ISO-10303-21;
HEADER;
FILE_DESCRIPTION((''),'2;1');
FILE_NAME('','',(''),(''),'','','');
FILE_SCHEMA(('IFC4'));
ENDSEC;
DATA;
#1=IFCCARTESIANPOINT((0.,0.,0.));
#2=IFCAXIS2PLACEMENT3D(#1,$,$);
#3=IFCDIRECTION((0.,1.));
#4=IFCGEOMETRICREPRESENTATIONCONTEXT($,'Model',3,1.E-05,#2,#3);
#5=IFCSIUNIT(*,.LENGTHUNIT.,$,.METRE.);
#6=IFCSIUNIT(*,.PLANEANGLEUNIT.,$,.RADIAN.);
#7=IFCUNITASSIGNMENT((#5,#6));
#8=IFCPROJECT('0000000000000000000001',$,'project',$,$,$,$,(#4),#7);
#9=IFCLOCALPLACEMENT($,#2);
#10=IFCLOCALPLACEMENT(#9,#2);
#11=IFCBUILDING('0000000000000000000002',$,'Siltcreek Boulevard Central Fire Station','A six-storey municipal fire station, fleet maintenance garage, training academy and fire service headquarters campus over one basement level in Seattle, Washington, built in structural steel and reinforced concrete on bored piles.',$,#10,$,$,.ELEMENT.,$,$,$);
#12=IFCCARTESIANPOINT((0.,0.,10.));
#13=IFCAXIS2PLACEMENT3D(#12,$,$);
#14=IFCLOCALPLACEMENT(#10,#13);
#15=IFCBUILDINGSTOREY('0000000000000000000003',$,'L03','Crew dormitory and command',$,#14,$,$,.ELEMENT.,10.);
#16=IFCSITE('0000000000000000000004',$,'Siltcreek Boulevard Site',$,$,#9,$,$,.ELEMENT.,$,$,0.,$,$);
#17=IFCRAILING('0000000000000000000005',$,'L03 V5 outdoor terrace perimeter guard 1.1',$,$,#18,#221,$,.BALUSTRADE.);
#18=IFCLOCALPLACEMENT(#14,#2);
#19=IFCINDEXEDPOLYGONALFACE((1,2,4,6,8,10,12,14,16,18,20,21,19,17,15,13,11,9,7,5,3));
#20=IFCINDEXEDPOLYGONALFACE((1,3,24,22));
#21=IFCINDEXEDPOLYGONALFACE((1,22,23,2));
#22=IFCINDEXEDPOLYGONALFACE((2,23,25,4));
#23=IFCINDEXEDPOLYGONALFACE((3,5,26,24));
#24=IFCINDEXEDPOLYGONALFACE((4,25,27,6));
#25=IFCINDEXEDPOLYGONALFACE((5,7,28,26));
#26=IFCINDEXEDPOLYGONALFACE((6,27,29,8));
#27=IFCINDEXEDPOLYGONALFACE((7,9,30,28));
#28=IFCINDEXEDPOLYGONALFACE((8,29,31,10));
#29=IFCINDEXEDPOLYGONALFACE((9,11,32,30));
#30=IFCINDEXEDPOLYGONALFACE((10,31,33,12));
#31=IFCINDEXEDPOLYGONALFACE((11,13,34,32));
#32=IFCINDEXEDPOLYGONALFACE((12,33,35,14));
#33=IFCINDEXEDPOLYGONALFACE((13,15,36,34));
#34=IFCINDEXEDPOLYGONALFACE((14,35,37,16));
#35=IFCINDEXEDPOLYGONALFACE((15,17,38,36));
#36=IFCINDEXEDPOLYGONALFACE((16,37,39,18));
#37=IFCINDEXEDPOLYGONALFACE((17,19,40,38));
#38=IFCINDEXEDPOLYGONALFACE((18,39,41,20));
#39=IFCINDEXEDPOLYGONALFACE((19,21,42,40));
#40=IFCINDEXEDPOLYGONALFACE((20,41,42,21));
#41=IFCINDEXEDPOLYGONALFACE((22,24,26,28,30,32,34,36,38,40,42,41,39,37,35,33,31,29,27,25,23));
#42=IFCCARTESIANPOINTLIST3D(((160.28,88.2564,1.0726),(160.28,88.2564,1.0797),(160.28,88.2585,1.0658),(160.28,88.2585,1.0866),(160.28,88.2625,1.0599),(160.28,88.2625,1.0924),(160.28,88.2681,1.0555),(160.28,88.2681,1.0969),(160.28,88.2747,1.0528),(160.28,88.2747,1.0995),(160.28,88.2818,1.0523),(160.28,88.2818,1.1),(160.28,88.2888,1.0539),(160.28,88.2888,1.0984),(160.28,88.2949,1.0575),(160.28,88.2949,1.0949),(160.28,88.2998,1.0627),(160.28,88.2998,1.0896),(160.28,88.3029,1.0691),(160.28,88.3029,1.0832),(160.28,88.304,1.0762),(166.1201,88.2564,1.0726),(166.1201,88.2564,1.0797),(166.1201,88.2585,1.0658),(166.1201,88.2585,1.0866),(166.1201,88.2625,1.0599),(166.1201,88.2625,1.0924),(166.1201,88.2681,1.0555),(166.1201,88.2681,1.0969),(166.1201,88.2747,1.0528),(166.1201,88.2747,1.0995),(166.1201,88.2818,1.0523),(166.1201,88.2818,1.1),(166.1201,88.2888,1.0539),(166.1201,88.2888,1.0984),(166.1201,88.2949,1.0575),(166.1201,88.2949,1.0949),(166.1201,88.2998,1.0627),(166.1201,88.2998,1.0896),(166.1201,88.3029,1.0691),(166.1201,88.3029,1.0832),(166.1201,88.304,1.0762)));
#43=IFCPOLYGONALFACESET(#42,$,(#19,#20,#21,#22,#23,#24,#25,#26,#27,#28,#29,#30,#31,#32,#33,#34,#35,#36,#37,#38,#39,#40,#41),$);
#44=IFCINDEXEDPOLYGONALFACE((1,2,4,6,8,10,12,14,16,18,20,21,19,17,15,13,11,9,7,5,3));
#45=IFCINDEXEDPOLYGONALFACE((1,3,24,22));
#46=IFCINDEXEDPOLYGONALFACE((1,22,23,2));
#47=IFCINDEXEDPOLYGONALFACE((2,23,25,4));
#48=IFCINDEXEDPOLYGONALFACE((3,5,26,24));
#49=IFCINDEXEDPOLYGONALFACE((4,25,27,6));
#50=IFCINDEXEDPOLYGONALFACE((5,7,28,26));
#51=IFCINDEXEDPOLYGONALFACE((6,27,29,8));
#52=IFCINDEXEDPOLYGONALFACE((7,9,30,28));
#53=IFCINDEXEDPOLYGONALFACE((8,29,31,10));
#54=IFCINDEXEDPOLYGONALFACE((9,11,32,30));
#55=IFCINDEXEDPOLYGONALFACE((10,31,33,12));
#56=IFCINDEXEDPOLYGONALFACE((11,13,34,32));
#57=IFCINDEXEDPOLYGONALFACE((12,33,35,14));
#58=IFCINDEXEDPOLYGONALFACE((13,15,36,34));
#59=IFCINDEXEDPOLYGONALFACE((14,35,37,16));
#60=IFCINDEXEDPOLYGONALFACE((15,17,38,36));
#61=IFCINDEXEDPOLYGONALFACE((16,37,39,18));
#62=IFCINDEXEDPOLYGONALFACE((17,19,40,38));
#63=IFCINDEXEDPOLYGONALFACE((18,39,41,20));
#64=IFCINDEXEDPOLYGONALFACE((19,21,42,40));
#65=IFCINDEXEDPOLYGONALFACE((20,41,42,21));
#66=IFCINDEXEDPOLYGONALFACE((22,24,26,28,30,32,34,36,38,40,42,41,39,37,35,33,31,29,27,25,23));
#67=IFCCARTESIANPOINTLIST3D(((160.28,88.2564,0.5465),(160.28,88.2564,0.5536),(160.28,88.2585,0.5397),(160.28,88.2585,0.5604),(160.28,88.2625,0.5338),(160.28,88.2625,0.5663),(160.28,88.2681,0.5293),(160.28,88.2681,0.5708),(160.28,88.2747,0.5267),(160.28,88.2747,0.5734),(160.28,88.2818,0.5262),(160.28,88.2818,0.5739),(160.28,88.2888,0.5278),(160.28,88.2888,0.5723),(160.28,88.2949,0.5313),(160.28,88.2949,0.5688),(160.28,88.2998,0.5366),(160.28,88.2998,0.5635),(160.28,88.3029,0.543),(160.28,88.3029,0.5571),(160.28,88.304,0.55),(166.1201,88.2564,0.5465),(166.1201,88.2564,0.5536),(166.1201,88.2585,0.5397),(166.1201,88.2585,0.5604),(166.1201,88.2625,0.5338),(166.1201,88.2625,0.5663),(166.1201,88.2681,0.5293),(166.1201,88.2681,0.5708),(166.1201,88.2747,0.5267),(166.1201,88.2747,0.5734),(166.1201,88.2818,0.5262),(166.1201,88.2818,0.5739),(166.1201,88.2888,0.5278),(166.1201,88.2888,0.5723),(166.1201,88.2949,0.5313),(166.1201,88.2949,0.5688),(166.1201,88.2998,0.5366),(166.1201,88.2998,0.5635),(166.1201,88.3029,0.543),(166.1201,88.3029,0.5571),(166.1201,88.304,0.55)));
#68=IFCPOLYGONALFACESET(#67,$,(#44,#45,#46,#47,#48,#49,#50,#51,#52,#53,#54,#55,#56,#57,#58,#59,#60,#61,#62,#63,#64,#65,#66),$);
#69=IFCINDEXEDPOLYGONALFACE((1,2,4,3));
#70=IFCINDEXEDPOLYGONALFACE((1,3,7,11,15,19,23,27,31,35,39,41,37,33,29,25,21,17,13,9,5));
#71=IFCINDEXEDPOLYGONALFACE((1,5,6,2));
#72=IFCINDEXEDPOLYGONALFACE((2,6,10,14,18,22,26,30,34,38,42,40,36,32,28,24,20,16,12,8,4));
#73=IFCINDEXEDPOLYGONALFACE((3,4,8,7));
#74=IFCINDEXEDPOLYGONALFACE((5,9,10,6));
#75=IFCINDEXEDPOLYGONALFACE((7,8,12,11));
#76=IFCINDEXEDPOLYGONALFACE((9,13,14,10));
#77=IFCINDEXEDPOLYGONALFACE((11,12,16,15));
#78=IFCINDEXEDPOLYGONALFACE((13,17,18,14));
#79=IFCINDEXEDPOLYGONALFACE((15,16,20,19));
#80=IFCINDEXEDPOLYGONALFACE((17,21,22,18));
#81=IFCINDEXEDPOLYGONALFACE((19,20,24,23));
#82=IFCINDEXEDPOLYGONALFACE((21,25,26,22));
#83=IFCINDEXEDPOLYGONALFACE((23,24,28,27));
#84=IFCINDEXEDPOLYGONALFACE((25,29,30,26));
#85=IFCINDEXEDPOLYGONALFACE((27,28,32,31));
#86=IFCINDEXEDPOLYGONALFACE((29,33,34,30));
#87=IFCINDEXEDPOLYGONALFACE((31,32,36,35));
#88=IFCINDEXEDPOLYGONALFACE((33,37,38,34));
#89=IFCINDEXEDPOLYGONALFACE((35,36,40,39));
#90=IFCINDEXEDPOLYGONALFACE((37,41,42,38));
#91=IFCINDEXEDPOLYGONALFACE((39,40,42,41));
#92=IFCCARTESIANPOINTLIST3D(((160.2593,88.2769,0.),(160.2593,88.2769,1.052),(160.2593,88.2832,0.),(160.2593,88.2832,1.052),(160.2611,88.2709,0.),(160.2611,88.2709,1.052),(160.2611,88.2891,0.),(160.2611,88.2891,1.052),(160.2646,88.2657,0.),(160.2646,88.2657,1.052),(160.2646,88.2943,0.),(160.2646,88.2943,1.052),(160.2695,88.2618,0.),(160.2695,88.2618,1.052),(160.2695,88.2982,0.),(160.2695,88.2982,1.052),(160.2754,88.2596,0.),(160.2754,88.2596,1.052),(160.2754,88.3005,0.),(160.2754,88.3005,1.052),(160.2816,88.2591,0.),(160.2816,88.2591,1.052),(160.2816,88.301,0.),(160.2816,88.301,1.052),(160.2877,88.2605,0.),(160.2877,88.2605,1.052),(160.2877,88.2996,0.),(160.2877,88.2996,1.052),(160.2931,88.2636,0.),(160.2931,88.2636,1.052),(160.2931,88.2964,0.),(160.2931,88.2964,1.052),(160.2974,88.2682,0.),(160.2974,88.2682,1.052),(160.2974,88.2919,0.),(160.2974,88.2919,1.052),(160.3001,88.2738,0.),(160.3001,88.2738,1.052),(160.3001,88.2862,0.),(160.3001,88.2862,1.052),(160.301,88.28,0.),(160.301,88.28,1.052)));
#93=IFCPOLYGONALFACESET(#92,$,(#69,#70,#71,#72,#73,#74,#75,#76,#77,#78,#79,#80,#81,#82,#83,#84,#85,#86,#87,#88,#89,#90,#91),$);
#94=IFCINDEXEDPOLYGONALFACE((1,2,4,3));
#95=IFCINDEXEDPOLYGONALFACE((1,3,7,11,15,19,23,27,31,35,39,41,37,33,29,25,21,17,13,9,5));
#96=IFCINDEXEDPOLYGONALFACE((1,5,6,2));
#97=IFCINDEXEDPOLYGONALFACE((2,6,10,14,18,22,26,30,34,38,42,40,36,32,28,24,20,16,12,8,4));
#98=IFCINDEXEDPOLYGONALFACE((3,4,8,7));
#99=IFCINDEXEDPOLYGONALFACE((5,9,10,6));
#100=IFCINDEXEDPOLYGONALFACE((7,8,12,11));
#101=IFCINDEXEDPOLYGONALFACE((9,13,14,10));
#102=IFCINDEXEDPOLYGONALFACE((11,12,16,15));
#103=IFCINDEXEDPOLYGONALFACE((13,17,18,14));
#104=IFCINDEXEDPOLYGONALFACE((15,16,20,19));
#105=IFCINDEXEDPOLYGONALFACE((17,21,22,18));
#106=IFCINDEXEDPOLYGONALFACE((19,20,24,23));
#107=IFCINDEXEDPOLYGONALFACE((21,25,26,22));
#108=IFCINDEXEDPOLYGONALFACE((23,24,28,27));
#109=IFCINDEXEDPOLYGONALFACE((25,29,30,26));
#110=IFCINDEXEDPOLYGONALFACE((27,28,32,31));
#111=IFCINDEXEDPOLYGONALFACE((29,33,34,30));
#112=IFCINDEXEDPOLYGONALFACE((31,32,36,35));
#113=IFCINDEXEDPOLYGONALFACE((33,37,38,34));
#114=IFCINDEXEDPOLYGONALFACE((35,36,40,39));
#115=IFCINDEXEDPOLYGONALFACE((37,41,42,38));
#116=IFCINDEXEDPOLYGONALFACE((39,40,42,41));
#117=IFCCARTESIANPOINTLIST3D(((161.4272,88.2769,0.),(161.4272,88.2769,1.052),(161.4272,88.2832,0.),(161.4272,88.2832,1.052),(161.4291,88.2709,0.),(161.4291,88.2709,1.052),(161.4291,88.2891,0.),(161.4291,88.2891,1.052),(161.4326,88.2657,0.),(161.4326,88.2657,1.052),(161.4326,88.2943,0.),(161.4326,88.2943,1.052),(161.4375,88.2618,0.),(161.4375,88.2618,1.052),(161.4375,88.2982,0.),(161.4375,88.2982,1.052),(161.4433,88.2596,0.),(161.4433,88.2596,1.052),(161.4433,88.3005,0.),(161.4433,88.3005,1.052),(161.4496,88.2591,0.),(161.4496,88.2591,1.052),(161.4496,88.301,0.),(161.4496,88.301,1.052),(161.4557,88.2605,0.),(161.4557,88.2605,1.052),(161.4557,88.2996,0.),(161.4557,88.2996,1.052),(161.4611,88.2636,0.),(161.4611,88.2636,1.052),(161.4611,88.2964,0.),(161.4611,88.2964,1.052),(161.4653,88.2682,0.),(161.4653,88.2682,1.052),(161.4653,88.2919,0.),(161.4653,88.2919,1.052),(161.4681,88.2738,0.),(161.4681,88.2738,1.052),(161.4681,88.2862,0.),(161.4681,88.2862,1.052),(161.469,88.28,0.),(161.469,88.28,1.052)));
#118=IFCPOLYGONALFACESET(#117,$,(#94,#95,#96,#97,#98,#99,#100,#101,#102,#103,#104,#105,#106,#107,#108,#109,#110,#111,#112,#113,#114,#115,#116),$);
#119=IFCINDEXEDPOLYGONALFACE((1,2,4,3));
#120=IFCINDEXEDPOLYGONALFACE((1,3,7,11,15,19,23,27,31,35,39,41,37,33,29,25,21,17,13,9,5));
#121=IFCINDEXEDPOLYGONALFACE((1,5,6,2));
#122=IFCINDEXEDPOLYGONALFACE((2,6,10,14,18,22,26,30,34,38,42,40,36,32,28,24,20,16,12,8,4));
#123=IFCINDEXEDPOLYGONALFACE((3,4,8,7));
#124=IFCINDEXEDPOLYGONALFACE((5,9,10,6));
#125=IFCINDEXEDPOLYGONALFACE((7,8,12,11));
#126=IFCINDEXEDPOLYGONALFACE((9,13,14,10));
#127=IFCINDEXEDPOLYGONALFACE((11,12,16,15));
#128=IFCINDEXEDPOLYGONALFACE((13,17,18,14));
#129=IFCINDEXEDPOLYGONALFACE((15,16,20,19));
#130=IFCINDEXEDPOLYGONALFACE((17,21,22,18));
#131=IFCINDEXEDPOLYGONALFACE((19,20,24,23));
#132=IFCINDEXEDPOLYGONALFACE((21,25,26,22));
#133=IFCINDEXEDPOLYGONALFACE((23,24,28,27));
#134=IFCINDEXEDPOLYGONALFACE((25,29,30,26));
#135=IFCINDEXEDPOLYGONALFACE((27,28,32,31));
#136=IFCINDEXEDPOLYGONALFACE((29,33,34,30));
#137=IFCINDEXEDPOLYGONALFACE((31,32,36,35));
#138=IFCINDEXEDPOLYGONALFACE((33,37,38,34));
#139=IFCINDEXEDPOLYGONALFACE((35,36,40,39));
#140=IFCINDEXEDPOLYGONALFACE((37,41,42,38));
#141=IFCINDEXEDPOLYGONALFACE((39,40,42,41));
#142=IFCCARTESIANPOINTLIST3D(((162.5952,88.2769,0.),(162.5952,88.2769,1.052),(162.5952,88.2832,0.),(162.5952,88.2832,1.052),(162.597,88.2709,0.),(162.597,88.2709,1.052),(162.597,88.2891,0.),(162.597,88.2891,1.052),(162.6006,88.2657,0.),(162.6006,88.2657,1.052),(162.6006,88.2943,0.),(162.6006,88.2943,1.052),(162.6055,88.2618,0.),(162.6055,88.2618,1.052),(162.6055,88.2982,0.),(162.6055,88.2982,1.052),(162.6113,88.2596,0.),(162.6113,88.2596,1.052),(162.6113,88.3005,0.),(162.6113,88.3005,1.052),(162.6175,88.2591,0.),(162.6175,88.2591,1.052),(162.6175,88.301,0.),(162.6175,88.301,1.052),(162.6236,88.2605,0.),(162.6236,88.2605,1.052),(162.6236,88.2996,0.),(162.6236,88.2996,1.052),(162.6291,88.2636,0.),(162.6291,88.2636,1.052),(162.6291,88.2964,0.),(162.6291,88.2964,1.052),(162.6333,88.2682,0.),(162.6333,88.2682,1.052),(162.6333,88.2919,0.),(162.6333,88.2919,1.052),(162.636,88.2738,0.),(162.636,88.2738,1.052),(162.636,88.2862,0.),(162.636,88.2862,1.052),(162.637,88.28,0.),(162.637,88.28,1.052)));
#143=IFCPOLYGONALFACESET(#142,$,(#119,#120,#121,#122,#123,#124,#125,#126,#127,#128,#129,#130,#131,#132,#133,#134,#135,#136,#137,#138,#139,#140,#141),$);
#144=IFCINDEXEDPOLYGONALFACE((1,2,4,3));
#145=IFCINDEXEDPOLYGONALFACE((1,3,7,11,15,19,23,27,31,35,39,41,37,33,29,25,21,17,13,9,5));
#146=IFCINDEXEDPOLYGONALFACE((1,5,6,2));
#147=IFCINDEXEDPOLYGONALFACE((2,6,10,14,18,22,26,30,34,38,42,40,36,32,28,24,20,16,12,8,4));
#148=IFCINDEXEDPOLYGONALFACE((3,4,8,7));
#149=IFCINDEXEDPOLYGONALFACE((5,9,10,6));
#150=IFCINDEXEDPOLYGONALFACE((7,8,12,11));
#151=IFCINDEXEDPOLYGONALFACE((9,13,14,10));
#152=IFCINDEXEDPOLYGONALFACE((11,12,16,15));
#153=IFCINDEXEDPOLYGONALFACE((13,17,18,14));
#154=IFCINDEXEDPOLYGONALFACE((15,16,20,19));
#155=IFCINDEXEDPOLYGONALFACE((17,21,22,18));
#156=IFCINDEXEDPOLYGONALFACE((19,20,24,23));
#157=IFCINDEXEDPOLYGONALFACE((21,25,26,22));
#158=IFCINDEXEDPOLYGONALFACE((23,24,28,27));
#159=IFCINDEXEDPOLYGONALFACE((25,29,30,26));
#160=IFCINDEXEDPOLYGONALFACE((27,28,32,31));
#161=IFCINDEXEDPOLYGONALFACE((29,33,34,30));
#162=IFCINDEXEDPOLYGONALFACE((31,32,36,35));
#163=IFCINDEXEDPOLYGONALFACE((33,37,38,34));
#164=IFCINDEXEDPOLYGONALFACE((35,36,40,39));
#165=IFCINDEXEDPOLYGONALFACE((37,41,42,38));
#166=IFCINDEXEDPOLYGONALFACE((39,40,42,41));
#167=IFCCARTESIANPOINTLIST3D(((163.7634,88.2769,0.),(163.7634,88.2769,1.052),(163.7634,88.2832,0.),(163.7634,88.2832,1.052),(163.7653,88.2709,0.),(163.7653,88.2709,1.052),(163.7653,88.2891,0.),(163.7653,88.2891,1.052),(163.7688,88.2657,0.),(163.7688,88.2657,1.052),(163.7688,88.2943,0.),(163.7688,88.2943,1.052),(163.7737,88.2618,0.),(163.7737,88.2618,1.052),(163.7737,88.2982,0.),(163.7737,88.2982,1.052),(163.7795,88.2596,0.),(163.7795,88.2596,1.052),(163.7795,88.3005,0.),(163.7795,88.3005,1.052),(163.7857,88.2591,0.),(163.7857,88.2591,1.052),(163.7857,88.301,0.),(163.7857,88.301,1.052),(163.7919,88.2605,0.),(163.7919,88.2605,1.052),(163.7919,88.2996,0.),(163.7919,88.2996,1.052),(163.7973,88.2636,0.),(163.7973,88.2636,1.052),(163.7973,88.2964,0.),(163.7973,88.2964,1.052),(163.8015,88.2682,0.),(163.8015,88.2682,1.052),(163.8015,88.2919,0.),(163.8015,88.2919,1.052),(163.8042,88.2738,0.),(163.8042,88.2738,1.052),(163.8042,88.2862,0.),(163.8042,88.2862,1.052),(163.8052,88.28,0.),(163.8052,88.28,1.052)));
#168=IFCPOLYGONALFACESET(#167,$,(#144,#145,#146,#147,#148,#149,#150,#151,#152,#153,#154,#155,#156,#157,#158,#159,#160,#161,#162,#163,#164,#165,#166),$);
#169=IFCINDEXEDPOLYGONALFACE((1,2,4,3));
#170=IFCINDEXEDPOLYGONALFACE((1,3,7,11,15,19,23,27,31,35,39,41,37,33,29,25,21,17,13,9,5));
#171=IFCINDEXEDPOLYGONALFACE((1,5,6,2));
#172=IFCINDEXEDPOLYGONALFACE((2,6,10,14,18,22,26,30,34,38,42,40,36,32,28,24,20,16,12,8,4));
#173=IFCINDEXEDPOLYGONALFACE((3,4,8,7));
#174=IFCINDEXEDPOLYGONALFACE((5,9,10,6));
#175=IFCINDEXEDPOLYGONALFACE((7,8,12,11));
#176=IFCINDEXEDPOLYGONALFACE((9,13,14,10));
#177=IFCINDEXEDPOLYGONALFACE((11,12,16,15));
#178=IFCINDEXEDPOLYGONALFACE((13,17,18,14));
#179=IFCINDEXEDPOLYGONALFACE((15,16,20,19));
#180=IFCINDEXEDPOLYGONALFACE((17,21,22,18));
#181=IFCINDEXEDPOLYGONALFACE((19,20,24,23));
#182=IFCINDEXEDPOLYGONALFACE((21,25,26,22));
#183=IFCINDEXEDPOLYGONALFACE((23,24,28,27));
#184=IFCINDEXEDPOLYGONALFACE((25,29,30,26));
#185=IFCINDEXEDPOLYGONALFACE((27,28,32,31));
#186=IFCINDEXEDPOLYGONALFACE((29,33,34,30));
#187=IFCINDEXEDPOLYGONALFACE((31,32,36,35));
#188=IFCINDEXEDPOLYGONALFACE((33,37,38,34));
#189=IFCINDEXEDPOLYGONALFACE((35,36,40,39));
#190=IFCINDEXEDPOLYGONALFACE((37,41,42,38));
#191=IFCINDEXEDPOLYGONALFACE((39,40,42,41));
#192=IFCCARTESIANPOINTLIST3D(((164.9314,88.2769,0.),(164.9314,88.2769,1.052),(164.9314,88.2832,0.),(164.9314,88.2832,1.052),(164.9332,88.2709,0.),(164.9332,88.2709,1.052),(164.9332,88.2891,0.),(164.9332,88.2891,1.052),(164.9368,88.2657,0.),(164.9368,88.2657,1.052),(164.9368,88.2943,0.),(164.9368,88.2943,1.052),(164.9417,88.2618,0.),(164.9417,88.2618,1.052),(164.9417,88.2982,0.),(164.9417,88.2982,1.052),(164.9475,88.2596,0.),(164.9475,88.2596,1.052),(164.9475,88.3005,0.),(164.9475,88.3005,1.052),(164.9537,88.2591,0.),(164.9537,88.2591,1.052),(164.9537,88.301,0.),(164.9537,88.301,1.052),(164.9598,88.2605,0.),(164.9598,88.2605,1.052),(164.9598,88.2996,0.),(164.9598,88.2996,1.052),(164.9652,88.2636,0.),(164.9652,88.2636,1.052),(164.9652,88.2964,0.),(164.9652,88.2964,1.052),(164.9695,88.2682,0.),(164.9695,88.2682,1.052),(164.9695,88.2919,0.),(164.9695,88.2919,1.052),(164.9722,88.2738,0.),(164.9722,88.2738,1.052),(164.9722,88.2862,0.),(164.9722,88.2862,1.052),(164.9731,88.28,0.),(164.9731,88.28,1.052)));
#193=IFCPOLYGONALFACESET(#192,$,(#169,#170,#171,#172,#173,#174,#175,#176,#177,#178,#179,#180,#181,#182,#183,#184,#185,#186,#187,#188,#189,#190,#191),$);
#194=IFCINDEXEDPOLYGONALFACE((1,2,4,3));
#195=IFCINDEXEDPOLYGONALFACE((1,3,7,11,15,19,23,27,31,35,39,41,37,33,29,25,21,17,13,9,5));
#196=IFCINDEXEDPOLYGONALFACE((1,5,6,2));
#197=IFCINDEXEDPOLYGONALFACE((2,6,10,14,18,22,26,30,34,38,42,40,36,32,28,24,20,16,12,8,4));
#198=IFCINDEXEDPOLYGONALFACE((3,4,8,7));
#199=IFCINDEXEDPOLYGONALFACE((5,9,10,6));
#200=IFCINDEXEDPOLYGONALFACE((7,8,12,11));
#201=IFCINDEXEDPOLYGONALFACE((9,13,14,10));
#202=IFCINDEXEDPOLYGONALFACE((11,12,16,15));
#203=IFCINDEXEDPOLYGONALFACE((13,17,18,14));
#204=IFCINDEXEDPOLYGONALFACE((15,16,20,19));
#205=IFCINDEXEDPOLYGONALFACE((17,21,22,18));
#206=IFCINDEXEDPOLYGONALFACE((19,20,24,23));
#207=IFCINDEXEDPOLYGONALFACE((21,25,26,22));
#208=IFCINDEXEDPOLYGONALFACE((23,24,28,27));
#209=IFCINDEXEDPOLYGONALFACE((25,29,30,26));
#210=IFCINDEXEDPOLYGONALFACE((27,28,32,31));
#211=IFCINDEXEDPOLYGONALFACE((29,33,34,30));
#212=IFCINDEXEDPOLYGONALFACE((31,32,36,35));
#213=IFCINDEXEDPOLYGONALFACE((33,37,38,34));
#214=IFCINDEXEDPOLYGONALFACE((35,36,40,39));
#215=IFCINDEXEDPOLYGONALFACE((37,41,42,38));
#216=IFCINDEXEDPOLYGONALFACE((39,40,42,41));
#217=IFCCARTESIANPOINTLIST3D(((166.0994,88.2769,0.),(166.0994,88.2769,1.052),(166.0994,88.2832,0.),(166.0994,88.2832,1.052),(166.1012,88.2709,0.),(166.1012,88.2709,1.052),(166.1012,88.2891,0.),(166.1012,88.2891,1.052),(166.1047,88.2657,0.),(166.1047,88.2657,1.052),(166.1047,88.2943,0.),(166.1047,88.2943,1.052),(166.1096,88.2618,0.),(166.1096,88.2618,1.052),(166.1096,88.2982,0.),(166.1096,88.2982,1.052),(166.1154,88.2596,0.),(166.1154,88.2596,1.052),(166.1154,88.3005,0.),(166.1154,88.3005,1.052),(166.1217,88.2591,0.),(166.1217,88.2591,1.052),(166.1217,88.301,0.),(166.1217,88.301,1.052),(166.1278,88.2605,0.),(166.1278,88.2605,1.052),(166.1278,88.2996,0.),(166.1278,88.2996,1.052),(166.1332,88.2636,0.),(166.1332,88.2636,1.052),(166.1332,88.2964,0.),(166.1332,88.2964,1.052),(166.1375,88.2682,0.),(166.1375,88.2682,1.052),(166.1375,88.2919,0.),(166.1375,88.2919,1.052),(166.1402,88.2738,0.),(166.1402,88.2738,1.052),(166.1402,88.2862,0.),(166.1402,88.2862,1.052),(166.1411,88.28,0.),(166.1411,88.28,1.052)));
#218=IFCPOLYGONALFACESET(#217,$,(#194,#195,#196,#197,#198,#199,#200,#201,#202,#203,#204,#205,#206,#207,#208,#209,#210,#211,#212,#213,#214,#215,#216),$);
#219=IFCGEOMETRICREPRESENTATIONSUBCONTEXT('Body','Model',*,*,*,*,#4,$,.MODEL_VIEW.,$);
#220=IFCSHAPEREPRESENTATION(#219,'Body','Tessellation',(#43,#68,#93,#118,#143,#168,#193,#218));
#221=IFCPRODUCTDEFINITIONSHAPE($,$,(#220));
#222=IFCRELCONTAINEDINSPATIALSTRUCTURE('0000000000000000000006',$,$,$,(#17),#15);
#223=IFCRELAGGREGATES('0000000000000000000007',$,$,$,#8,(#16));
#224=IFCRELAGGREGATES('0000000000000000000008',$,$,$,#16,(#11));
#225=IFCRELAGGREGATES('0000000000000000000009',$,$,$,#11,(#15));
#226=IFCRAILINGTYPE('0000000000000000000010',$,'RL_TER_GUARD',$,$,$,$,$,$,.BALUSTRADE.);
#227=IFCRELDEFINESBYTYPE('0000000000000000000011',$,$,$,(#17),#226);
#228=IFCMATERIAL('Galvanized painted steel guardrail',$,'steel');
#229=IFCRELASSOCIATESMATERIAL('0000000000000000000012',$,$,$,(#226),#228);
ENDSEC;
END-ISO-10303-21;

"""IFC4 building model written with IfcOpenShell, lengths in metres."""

from ifc_helpers import new_model, si_unit, direction, frame, origin, origin_2d, place, context, subcontext, project, spatial, circle, extrude, material, type_object, element, save


model = new_model("IFC4")

# Units and contexts
model_context = context("Model", 3, precision=1e-05, world=origin(), true_north=direction((0.0, 1.0)))
body_context = subcontext(model_context, "Body", "Model", "MODEL_VIEW")
ifc_project = project(units=[si_unit("LENGTHUNIT", "METRE"), si_unit("PLANEANGLEUNIT", "RADIAN")], contexts=[model_context])

# Site, building, storey
site_placement = place(None, origin())
site = spatial("IfcSite", under=ifc_project, at=site_placement, Name="Siltcreek Boulevard Site", CompositionType="ELEMENT", RefElevation=0.0)
building_placement = place(site_placement, origin())
building = spatial("IfcBuilding", under=site, at=building_placement, Name="Siltcreek Boulevard Central Fire Station", Description="A six-storey municipal fire station, fleet maintenance garage, training academy and fire service headquarters campus over one basement level in Seattle, Washington, built in structural steel and reinforced concrete on bored piles.", CompositionType="ELEMENT")
storey_placement = place(building_placement, frame((0.0, 0.0, 10.0)))
storey = spatial("IfcBuildingStorey", under=building, at=storey_placement, Name="L03", Description="Crew dormitory and command", CompositionType="ELEMENT", Elevation=10.0)

# Railing
ifc_material_1 = material(Name="Galvanized painted steel guardrail", Category="steel")
railing_type = type_object("IfcRailingType", Name="RL_TER_GUARD", PredefinedType="BALUSTRADE", material=ifc_material_1)
railing_1_placement = place(storey_placement, frame((160.28, 88.28, 0.0)))
element("IfcRailing", 1, at=railing_1_placement, inside=storey, type_object=railing_type, Name="L03 V5 outdoor terrace perimeter guard 1.1", PredefinedType="BALUSTRADE", context=body_context, shape_type="SweptSolid", body=[
    extrude(circle(Radius=0.0239, at=origin_2d()), frame((0.0, 0.0, 1.0762), z_axis=(1.0, 0.0, 0.0), x_axis=(0.0, 1.0, 0.0)), (0.0, 0.0, 1.0), 5.8401),
    extrude(circle(Radius=0.0239, at=origin_2d()), frame((0.0, 0.0, 0.55), z_axis=(1.0, 0.0, 0.0), x_axis=(0.0, 1.0, 0.0)), (0.0, 0.0, 1.0), 5.8401),
    extrude(circle(Radius=0.021, at=origin_2d()), origin(), (0.0, 0.0, 1.0), 1.052),
    extrude(circle(Radius=0.021, at=origin_2d()), frame((1.168, 0.0, 0.0)), (0.0, 0.0, 1.0), 1.052),
    extrude(circle(Radius=0.021, at=origin_2d()), frame((2.3359, 0.0, 0.0)), (0.0, 0.0, 1.0), 1.052),
    extrude(circle(Radius=0.021, at=origin_2d()), frame((3.5042, 0.0, 0.0)), (0.0, 0.0, 1.0), 1.052),
    extrude(circle(Radius=0.021, at=origin_2d()), frame((4.6721, 0.0, 0.0)), (0.0, 0.0, 1.0), 1.052),
    extrude(circle(Radius=0.021, at=origin_2d()), frame((5.8401, 0.0, 0.0)), (0.0, 0.0, 1.0), 1.052),
])

save(model, "model.ifc")
